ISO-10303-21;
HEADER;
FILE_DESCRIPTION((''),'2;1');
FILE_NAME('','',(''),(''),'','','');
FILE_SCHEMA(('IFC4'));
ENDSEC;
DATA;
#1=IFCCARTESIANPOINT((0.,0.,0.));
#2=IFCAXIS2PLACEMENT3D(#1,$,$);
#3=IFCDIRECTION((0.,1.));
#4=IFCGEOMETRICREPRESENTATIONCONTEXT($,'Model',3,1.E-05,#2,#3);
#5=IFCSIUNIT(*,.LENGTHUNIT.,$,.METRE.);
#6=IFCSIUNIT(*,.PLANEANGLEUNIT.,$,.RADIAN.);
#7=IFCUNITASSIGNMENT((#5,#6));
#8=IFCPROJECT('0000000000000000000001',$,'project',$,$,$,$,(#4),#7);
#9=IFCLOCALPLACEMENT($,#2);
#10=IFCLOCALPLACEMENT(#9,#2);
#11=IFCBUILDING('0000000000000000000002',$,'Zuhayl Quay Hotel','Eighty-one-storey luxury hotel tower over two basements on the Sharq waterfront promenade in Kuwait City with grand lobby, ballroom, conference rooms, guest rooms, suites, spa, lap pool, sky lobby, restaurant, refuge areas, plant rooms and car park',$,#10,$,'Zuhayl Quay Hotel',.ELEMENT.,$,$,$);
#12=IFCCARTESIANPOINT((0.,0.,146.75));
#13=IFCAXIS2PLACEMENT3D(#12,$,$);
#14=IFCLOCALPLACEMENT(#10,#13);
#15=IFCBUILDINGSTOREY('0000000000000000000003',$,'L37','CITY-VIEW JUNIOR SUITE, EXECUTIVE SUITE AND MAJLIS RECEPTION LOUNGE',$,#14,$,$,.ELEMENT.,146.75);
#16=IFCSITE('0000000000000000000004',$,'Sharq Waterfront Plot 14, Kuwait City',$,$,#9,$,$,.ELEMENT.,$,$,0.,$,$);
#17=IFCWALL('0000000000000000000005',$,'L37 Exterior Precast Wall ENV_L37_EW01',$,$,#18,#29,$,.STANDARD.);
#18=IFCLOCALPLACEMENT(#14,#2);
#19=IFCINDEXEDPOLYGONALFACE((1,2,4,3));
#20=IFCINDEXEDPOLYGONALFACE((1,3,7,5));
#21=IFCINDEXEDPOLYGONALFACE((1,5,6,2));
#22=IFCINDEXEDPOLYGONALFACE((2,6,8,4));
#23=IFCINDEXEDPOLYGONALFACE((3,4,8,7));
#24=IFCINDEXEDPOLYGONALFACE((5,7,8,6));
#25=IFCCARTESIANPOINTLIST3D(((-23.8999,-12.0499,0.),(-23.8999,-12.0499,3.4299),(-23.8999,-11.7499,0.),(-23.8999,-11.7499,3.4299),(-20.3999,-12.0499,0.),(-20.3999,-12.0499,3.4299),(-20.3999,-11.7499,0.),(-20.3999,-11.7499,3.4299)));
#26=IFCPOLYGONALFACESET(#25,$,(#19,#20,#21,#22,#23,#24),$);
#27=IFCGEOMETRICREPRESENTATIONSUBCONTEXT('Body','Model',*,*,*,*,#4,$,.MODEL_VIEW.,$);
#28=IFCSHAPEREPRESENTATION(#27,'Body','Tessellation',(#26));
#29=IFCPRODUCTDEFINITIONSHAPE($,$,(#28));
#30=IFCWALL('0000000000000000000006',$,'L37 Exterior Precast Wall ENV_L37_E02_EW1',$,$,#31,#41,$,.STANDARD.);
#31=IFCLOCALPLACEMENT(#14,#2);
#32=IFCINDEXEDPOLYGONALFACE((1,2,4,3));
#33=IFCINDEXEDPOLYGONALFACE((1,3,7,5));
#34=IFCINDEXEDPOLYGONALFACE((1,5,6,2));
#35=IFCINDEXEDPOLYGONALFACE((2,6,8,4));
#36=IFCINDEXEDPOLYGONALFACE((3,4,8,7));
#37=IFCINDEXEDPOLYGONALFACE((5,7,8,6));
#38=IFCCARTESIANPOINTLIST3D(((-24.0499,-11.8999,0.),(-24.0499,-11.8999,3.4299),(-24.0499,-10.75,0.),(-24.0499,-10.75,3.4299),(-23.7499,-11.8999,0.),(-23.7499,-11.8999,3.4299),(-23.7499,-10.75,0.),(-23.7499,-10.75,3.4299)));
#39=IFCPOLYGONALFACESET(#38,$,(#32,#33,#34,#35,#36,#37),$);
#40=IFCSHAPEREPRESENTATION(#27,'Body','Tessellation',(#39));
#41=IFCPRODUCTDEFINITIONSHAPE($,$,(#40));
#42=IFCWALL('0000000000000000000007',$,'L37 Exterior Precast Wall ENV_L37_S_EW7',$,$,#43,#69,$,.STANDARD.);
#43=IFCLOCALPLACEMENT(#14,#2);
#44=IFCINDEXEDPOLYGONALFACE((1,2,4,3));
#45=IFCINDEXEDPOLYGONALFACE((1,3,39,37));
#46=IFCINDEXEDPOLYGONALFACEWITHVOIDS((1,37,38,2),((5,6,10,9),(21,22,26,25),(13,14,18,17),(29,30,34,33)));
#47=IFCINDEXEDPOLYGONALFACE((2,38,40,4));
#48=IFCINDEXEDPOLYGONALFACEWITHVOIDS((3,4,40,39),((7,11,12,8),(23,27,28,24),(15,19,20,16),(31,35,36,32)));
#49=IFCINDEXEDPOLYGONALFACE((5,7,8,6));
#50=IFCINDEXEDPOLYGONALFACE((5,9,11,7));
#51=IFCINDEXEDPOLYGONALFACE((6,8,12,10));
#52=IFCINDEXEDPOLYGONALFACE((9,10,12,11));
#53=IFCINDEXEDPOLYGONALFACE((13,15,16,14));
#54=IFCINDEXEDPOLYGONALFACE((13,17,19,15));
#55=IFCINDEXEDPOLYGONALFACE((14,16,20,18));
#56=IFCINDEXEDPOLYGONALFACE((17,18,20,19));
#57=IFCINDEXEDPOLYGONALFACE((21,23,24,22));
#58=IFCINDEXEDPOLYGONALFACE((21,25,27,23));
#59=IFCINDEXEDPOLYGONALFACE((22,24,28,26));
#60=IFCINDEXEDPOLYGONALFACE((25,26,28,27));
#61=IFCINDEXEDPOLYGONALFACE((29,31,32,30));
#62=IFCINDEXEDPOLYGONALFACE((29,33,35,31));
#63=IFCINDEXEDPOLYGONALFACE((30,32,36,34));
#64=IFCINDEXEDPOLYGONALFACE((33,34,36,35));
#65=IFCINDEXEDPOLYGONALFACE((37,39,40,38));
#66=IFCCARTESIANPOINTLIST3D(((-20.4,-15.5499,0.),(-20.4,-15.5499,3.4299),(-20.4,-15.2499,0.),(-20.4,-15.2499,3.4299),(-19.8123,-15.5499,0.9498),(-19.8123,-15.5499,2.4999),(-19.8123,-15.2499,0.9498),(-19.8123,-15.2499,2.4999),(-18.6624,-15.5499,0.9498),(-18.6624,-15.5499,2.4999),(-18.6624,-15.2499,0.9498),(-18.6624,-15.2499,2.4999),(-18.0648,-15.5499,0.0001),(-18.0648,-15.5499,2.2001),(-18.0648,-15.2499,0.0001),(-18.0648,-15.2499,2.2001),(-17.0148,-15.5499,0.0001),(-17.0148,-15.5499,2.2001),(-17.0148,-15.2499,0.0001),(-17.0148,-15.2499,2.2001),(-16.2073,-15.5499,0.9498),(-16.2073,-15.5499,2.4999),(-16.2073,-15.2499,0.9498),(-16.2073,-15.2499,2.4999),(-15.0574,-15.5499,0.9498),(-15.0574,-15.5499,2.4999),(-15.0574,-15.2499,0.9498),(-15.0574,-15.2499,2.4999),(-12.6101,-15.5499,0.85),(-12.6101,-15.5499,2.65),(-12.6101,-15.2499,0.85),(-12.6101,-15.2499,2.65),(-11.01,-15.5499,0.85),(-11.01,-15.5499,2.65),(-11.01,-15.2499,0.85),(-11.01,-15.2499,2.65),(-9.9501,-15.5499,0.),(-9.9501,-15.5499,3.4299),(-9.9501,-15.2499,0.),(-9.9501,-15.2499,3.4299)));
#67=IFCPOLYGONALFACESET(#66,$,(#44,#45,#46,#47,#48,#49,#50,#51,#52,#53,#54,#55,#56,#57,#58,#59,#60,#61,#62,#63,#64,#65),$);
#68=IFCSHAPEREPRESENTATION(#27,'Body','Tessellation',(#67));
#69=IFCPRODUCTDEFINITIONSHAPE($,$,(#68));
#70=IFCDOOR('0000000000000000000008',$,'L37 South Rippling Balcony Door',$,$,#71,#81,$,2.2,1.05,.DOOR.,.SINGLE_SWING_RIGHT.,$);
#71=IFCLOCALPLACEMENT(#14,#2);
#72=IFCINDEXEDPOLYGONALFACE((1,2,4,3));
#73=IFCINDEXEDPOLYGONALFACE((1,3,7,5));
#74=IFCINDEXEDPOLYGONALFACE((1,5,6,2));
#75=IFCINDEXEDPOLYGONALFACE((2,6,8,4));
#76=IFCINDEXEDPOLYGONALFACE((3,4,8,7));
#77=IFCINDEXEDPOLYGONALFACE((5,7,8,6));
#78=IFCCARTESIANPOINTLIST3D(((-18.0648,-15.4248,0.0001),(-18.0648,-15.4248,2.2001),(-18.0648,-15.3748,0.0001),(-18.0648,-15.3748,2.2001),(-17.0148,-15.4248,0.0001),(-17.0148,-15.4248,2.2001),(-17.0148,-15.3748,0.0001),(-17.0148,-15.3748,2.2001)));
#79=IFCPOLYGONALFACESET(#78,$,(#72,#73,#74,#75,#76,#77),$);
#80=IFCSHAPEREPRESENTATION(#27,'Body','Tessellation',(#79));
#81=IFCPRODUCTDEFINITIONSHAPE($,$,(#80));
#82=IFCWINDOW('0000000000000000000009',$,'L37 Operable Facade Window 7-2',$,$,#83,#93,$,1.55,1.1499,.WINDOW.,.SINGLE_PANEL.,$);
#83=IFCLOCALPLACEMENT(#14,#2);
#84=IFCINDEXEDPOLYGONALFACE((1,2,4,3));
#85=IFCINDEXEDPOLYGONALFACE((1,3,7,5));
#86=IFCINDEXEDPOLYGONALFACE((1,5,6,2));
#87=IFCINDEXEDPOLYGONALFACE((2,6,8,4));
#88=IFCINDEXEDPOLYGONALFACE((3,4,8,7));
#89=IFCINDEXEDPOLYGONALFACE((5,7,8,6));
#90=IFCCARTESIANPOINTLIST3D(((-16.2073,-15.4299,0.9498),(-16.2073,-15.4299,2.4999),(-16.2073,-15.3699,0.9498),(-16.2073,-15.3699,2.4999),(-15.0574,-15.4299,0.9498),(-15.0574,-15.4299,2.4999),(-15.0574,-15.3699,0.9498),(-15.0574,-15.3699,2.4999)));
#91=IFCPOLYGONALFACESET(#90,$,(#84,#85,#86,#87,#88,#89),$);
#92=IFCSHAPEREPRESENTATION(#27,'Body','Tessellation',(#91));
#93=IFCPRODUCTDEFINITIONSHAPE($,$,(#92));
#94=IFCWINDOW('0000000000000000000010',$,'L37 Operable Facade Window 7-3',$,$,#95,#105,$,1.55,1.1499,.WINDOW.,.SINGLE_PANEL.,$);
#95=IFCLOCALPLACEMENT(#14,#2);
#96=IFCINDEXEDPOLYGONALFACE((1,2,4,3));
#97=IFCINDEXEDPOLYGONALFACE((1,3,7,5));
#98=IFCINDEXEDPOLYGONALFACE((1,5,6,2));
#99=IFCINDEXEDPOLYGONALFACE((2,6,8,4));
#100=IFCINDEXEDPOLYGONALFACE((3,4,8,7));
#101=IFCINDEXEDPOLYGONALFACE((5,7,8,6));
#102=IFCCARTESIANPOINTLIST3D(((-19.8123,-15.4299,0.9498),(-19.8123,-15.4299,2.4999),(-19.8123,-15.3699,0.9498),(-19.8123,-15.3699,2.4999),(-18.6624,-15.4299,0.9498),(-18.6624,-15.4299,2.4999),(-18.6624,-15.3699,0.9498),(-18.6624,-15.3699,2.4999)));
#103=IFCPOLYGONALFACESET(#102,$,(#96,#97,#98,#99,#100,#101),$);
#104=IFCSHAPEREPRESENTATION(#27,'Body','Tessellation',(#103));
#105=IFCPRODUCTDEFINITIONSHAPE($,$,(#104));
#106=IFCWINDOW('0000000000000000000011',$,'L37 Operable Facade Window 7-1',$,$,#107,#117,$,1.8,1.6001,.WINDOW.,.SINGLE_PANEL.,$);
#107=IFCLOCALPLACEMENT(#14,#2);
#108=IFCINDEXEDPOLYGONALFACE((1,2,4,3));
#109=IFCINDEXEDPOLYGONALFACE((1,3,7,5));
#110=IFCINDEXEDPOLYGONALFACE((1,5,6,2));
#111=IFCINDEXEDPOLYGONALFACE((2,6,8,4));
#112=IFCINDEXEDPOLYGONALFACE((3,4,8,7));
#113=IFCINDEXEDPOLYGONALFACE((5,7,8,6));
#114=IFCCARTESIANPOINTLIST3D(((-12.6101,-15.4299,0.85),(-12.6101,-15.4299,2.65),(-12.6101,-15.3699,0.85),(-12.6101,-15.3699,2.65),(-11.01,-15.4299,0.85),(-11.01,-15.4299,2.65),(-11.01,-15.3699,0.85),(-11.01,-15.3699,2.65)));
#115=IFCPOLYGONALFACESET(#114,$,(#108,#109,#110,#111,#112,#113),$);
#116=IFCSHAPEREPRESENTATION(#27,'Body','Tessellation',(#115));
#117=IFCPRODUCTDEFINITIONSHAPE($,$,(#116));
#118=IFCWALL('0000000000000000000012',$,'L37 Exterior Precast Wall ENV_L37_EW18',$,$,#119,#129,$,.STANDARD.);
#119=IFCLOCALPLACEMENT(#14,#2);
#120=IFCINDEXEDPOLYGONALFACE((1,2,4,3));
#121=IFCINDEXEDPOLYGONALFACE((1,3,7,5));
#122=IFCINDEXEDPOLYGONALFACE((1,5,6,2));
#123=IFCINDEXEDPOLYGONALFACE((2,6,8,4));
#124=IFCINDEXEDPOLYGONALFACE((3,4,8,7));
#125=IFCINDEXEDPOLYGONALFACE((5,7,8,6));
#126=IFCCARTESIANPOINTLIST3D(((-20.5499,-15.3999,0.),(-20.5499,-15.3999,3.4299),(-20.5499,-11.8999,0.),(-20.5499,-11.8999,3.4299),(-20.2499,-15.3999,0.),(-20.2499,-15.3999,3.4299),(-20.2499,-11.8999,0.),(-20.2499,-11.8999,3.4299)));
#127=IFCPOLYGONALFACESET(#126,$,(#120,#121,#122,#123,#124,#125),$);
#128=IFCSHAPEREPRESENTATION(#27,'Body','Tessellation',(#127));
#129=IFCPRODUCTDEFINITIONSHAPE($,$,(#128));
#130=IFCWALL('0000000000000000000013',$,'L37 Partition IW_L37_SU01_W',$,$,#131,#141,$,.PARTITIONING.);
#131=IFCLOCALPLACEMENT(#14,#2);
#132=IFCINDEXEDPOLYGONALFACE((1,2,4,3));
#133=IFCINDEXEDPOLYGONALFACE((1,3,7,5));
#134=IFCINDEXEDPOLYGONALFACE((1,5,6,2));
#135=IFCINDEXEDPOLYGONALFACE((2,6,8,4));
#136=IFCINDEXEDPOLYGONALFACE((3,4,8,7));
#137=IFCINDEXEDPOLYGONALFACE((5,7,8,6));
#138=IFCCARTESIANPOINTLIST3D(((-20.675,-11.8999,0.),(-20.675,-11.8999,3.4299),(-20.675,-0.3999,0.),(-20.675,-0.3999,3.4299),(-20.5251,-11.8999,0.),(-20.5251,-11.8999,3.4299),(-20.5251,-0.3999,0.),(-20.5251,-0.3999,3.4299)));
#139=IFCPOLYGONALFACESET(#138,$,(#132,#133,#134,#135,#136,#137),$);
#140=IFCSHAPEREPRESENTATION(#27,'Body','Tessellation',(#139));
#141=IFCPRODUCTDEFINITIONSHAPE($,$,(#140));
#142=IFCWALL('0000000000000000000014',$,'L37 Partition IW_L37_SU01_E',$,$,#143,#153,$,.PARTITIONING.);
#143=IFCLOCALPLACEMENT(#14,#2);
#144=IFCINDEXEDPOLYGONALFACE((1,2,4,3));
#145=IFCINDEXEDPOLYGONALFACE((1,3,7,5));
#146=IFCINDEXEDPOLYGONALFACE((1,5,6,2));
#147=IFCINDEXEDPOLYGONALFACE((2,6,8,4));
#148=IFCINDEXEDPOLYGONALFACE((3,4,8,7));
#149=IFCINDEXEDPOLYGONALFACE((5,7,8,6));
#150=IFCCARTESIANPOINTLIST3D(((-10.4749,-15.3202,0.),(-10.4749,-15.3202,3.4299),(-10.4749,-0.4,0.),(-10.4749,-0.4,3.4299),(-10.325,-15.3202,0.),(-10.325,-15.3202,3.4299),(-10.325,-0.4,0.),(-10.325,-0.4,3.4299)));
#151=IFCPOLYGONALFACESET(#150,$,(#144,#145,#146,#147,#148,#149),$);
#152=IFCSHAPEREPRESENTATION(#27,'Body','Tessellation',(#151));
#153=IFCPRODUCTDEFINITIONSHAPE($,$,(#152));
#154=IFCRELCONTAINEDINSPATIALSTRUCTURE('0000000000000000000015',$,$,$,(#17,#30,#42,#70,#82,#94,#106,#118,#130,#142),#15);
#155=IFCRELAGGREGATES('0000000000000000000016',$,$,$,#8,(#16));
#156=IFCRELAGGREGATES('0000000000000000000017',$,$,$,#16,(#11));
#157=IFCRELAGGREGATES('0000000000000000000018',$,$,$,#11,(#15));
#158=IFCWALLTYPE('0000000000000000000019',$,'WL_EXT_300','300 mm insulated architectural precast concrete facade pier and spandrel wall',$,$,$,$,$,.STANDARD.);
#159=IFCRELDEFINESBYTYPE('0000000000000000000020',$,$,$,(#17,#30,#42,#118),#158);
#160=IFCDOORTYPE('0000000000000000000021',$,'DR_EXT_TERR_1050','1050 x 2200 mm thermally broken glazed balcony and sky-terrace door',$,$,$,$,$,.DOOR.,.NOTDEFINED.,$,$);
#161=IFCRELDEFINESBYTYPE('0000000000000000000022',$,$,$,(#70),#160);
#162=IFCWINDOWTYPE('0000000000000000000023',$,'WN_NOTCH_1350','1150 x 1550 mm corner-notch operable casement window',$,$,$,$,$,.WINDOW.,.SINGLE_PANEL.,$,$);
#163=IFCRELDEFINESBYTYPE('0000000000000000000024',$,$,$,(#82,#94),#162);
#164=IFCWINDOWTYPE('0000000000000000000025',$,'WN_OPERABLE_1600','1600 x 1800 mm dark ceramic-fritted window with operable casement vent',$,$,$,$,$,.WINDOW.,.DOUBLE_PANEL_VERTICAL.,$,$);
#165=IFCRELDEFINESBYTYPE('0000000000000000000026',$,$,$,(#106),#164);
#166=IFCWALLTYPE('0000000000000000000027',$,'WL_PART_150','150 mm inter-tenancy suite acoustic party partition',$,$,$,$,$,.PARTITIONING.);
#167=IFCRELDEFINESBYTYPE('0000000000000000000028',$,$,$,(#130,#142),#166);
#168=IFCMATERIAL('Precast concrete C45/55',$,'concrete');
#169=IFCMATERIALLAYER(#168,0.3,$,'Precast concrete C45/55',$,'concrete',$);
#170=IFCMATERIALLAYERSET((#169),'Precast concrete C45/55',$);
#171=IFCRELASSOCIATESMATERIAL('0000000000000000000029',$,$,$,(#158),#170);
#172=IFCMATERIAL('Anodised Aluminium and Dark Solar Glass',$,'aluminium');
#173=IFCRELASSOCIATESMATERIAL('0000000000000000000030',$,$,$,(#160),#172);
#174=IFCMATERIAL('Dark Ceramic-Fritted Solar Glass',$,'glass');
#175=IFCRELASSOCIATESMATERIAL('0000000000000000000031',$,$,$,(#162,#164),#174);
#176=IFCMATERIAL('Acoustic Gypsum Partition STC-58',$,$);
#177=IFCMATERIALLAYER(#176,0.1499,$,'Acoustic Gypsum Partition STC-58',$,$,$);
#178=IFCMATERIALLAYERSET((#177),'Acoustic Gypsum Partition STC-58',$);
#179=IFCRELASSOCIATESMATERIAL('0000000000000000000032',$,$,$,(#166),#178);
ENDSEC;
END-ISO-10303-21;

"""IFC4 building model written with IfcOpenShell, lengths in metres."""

from ifc_helpers import new_model, si_unit, direction, frame, frame_2d, origin, place, context, subcontext, project, spatial, rectangle, extrude, material, layer, layer_set, type_object, element, fill, save


model = new_model("IFC4")

# Units and contexts
model_context = context("Model", 3, precision=1e-05, world=origin(), true_north=direction((0.0, 1.0)))
body_context = subcontext(model_context, "Body", "Model", "MODEL_VIEW")
ifc_project = project(units=[si_unit("LENGTHUNIT", "METRE"), si_unit("PLANEANGLEUNIT", "RADIAN")], contexts=[model_context])

# Site, building, storey
site_placement = place(None, origin())
site = spatial("IfcSite", under=ifc_project, at=site_placement, Name="Sharq Waterfront Plot 14, Kuwait City", CompositionType="ELEMENT", RefElevation=0.0)
building_placement = place(site_placement, origin())
building = spatial("IfcBuilding", under=site, at=building_placement, Name="Zuhayl Quay Hotel", Description="Eighty-one-storey luxury hotel tower over two basements on the Sharq waterfront promenade in Kuwait City with grand lobby, ballroom, conference rooms, guest rooms, suites, spa, lap pool, sky lobby, restaurant, refuge areas, plant rooms and car park", LongName="Zuhayl Quay Hotel", CompositionType="ELEMENT")
storey_placement = place(building_placement, frame((0.0, 0.0, 146.75)))
storey = spatial("IfcBuildingStorey", under=building, at=storey_placement, Name="L37", Description="CITY-VIEW JUNIOR SUITE, EXECUTIVE SUITE AND MAJLIS RECEPTION LOUNGE", CompositionType="ELEMENT", Elevation=146.75)

# Shared definitions
ifc_material_1 = material(Name="Dark Ceramic-Fritted Solar Glass", Category="glass")

# Walls
ifc_material_2 = material(Name="Precast concrete C45/55", Category="concrete")
ifc_layer_1 = layer(ifc_material_2, 0.3, Name="Precast concrete C45/55", Category="concrete")
ifc_layer_set_1 = layer_set([ifc_layer_1], Name="Precast concrete C45/55")
wall_type_1 = type_object("IfcWallType", Name="WL_EXT_300", Description="300 mm insulated architectural precast concrete facade pier and spandrel wall", PredefinedType="STANDARD", material=ifc_layer_set_1)
wall_1_placement = place(storey_placement, frame((-20.3999, -11.8999, 0.0), z_axis=(0.0, 0.0, 1.0), x_axis=(-1.0, 0.0, 0.0)))
element("IfcWall", 1, at=wall_1_placement, inside=storey, type_object=wall_type_1, Name="L37 Exterior Precast Wall ENV_L37_EW01", PredefinedType="STANDARD", context=body_context, shape_type="SweptSolid", body=[
    extrude(rectangle(XDim=3.5, YDim=0.3, at=frame_2d((1.75, 0.0))), origin(), (0.0, 0.0, 1.0), 3.4299),
])
wall_2_placement = place(storey_placement, frame((-23.8999, -11.8999, 0.0), z_axis=(0.0, 0.0, 1.0), x_axis=(0.0, 1.0, 0.0)))
element("IfcWall", 2, at=wall_2_placement, inside=storey, type_object=wall_type_1, Name="L37 Exterior Precast Wall ENV_L37_E02_EW1", PredefinedType="STANDARD", context=body_context, shape_type="SweptSolid", body=[
    extrude(rectangle(XDim=1.1499, YDim=0.3, at=frame_2d((0.575, 0.0))), origin(), (0.0, 0.0, 1.0), 3.4299),
])

# Wall, openings, door, windows
wall_3_placement = place(storey_placement, frame((-9.95, -15.3999, 0.0), z_axis=(0.0, 0.0, 1.0), x_axis=(-1.0, 0.0, 0.0)))
wall_3 = element("IfcWall", 3, at=wall_3_placement, inside=storey, type_object=wall_type_1, Name="L37 Exterior Precast Wall ENV_L37_S_EW7", PredefinedType="STANDARD", context=body_context, shape_type="SweptSolid", body=[
    extrude(rectangle(XDim=10.45, YDim=0.3, at=frame_2d((5.2251, 0.0))), origin(), (0.0, 0.0, 1.0), 3.4299),
])
opening_1_placement = place(wall_3_placement, frame((7.0649, 0.0, 0.0)))
opening_1 = element("IfcOpeningElement", 4, at=opening_1_placement, cuts=wall_3, PredefinedType="OPENING", context=body_context, shape_type="SweptSolid", body=[
    extrude(rectangle(XDim=1.05, YDim=2.2, at=frame_2d((0.5249, 1.1001))), frame((0.0, 0.1599, 0.0), z_axis=(0.0, -1.0, 0.0), x_axis=(1.0, 0.0, 0.0)), (0.0, 0.0, 1.0), 0.3201),
])
opening_2_placement = place(wall_3_placement, frame((1.0601, 0.0, 0.8501)))
opening_2 = element("IfcOpeningElement", 5, at=opening_2_placement, cuts=wall_3, PredefinedType="OPENING", context=body_context, shape_type="SweptSolid", body=[
    extrude(rectangle(XDim=1.6001, YDim=1.8, at=frame_2d((0.8, 0.8999))), frame((0.0, 0.1599, 0.0), z_axis=(0.0, -1.0, 0.0), x_axis=(1.0, 0.0, 0.0)), (0.0, 0.0, 1.0), 0.3201),
])
opening_3_placement = place(wall_3_placement, frame((5.1074, 0.0, 0.95)))
opening_3 = element("IfcOpeningElement", 6, at=opening_3_placement, cuts=wall_3, PredefinedType="OPENING", context=body_context, shape_type="SweptSolid", body=[
    extrude(rectangle(XDim=1.1499, YDim=1.55, at=frame_2d((0.575, 0.7749))), frame((0.0, 0.1599, 0.0), z_axis=(0.0, -1.0, 0.0), x_axis=(1.0, 0.0, 0.0)), (0.0, 0.0, 1.0), 0.3201),
])
opening_4_placement = place(wall_3_placement, frame((8.7124, 0.0, 0.95)))
opening_4 = element("IfcOpeningElement", 7, at=opening_4_placement, cuts=wall_3, PredefinedType="OPENING", context=body_context, shape_type="SweptSolid", body=[
    extrude(rectangle(XDim=1.1499, YDim=1.55, at=frame_2d((0.575, 0.7749))), frame((0.0, 0.1599, 0.0), z_axis=(0.0, -1.0, 0.0), x_axis=(1.0, 0.0, 0.0)), (0.0, 0.0, 1.0), 0.3201),
])
ifc_material_3 = material(Name="Anodised Aluminium and Dark Solar Glass", Category="aluminium")
door_type_1 = type_object("IfcDoorType", Name="DR_EXT_TERR_1050", Description="1050 x 2200 mm thermally broken glazed balcony and sky-terrace door", OperationType="NOTDEFINED", PredefinedType="DOOR", material=ifc_material_3)
door_1_placement = place(opening_1_placement, origin())
door_1 = element("IfcDoor", 8, at=door_1_placement, inside=storey, type_object=door_type_1, Name="L37 South Rippling Balcony Door", OperationType="SINGLE_SWING_RIGHT", OverallHeight=2.2, OverallWidth=1.05, PredefinedType="DOOR", context=body_context, shape_type="SweptSolid", body=[
    extrude(rectangle(XDim=1.05, YDim=2.2, at=frame_2d((0.5249, 1.1001))), frame((0.0, 0.0249, 0.0), z_axis=(0.0, -1.0, 0.0), x_axis=(1.0, 0.0, 0.0)), (0.0, 0.0, 1.0), 0.05),
])
fill(opening_1, door_1)
window_type_1 = type_object("IfcWindowType", Name="WN_NOTCH_1350", Description="1150 x 1550 mm corner-notch operable casement window", PartitioningType="SINGLE_PANEL", PredefinedType="WINDOW", material=ifc_material_1)
window_1_placement = place(opening_3_placement, origin())
window_1 = element("IfcWindow", 9, at=window_1_placement, inside=storey, type_object=window_type_1, Name="L37 Operable Facade Window 7-2", OverallHeight=1.55, OverallWidth=1.1499, PartitioningType="SINGLE_PANEL", PredefinedType="WINDOW", context=body_context, shape_type="SweptSolid", body=[
    extrude(rectangle(XDim=1.1499, YDim=1.55, at=frame_2d((0.575, 0.7749))), frame((0.0, 0.03, 0.0), z_axis=(0.0, -1.0, 0.0), x_axis=(1.0, 0.0, 0.0)), (0.0, 0.0, 1.0), 0.0601),
])
fill(opening_3, window_1)
window_2_placement = place(opening_4_placement, origin())
window_2 = element("IfcWindow", 10, at=window_2_placement, inside=storey, type_object=window_type_1, Name="L37 Operable Facade Window 7-3", OverallHeight=1.55, OverallWidth=1.1499, PartitioningType="SINGLE_PANEL", PredefinedType="WINDOW", context=body_context, shape_type="SweptSolid", body=[
    extrude(rectangle(XDim=1.1499, YDim=1.55, at=frame_2d((0.575, 0.7749))), frame((0.0, 0.03, 0.0), z_axis=(0.0, -1.0, 0.0), x_axis=(1.0, 0.0, 0.0)), (0.0, 0.0, 1.0), 0.0601),
])
fill(opening_4, window_2)
window_type_2 = type_object("IfcWindowType", Name="WN_OPERABLE_1600", Description="1600 x 1800 mm dark ceramic-fritted window with operable casement vent", PartitioningType="DOUBLE_PANEL_VERTICAL", PredefinedType="WINDOW", material=ifc_material_1)
window_3_placement = place(opening_2_placement, origin())
window_3 = element("IfcWindow", 11, at=window_3_placement, inside=storey, type_object=window_type_2, Name="L37 Operable Facade Window 7-1", OverallHeight=1.8, OverallWidth=1.6001, PartitioningType="SINGLE_PANEL", PredefinedType="WINDOW", context=body_context, shape_type="SweptSolid", body=[
    extrude(rectangle(XDim=1.6001, YDim=1.8, at=frame_2d((0.8, 0.8999))), frame((0.0, 0.03, 0.0), z_axis=(0.0, -1.0, 0.0), x_axis=(1.0, 0.0, 0.0)), (0.0, 0.0, 1.0), 0.0601),
])
fill(opening_2, window_3)

# Walls
wall_4_placement = place(storey_placement, frame((-20.3999, -15.3999, 0.0), z_axis=(0.0, 0.0, 1.0), x_axis=(0.0, 1.0, 0.0)))
element("IfcWall", 12, at=wall_4_placement, inside=storey, type_object=wall_type_1, Name="L37 Exterior Precast Wall ENV_L37_EW18", PredefinedType="STANDARD", context=body_context, shape_type="SweptSolid", body=[
    extrude(rectangle(XDim=3.5, YDim=0.3, at=frame_2d((1.75, 0.0))), origin(), (0.0, 0.0, 1.0), 3.4299),
])
ifc_material_4 = material(Name="Acoustic Gypsum Partition STC-58")
ifc_layer_2 = layer(ifc_material_4, 0.1499, Name="Acoustic Gypsum Partition STC-58")
ifc_layer_set_2 = layer_set([ifc_layer_2], Name="Acoustic Gypsum Partition STC-58")
wall_type_2 = type_object("IfcWallType", Name="WL_PART_150", Description="150 mm inter-tenancy suite acoustic party partition", PredefinedType="PARTITIONING", material=ifc_layer_set_2)
wall_5_placement = place(storey_placement, frame((-20.6001, -11.8999, 0.0), z_axis=(0.0, 0.0, 1.0), x_axis=(0.0, 1.0, 0.0)))
element("IfcWall", 13, at=wall_5_placement, inside=storey, type_object=wall_type_2, Name="L37 Partition IW_L37_SU01_W", PredefinedType="PARTITIONING", context=body_context, shape_type="SweptSolid", body=[
    extrude(rectangle(XDim=11.5, YDim=0.1499, at=frame_2d((5.75, 0.0))), origin(), (0.0, 0.0, 1.0), 3.4299),
])
wall_6_placement = place(storey_placement, frame((-10.3999, -15.3201, 0.0), z_axis=(0.0, 0.0, 1.0), x_axis=(0.0, 1.0, 0.0)))
element("IfcWall", 14, at=wall_6_placement, inside=storey, type_object=wall_type_2, Name="L37 Partition IW_L37_SU01_E", PredefinedType="PARTITIONING", context=body_context, shape_type="SweptSolid", body=[
    extrude(rectangle(XDim=14.9202, YDim=0.1499, at=frame_2d((7.46, 0.0))), origin(), (0.0, 0.0, 1.0), 3.4299),
])

save(model, "model.ifc")
